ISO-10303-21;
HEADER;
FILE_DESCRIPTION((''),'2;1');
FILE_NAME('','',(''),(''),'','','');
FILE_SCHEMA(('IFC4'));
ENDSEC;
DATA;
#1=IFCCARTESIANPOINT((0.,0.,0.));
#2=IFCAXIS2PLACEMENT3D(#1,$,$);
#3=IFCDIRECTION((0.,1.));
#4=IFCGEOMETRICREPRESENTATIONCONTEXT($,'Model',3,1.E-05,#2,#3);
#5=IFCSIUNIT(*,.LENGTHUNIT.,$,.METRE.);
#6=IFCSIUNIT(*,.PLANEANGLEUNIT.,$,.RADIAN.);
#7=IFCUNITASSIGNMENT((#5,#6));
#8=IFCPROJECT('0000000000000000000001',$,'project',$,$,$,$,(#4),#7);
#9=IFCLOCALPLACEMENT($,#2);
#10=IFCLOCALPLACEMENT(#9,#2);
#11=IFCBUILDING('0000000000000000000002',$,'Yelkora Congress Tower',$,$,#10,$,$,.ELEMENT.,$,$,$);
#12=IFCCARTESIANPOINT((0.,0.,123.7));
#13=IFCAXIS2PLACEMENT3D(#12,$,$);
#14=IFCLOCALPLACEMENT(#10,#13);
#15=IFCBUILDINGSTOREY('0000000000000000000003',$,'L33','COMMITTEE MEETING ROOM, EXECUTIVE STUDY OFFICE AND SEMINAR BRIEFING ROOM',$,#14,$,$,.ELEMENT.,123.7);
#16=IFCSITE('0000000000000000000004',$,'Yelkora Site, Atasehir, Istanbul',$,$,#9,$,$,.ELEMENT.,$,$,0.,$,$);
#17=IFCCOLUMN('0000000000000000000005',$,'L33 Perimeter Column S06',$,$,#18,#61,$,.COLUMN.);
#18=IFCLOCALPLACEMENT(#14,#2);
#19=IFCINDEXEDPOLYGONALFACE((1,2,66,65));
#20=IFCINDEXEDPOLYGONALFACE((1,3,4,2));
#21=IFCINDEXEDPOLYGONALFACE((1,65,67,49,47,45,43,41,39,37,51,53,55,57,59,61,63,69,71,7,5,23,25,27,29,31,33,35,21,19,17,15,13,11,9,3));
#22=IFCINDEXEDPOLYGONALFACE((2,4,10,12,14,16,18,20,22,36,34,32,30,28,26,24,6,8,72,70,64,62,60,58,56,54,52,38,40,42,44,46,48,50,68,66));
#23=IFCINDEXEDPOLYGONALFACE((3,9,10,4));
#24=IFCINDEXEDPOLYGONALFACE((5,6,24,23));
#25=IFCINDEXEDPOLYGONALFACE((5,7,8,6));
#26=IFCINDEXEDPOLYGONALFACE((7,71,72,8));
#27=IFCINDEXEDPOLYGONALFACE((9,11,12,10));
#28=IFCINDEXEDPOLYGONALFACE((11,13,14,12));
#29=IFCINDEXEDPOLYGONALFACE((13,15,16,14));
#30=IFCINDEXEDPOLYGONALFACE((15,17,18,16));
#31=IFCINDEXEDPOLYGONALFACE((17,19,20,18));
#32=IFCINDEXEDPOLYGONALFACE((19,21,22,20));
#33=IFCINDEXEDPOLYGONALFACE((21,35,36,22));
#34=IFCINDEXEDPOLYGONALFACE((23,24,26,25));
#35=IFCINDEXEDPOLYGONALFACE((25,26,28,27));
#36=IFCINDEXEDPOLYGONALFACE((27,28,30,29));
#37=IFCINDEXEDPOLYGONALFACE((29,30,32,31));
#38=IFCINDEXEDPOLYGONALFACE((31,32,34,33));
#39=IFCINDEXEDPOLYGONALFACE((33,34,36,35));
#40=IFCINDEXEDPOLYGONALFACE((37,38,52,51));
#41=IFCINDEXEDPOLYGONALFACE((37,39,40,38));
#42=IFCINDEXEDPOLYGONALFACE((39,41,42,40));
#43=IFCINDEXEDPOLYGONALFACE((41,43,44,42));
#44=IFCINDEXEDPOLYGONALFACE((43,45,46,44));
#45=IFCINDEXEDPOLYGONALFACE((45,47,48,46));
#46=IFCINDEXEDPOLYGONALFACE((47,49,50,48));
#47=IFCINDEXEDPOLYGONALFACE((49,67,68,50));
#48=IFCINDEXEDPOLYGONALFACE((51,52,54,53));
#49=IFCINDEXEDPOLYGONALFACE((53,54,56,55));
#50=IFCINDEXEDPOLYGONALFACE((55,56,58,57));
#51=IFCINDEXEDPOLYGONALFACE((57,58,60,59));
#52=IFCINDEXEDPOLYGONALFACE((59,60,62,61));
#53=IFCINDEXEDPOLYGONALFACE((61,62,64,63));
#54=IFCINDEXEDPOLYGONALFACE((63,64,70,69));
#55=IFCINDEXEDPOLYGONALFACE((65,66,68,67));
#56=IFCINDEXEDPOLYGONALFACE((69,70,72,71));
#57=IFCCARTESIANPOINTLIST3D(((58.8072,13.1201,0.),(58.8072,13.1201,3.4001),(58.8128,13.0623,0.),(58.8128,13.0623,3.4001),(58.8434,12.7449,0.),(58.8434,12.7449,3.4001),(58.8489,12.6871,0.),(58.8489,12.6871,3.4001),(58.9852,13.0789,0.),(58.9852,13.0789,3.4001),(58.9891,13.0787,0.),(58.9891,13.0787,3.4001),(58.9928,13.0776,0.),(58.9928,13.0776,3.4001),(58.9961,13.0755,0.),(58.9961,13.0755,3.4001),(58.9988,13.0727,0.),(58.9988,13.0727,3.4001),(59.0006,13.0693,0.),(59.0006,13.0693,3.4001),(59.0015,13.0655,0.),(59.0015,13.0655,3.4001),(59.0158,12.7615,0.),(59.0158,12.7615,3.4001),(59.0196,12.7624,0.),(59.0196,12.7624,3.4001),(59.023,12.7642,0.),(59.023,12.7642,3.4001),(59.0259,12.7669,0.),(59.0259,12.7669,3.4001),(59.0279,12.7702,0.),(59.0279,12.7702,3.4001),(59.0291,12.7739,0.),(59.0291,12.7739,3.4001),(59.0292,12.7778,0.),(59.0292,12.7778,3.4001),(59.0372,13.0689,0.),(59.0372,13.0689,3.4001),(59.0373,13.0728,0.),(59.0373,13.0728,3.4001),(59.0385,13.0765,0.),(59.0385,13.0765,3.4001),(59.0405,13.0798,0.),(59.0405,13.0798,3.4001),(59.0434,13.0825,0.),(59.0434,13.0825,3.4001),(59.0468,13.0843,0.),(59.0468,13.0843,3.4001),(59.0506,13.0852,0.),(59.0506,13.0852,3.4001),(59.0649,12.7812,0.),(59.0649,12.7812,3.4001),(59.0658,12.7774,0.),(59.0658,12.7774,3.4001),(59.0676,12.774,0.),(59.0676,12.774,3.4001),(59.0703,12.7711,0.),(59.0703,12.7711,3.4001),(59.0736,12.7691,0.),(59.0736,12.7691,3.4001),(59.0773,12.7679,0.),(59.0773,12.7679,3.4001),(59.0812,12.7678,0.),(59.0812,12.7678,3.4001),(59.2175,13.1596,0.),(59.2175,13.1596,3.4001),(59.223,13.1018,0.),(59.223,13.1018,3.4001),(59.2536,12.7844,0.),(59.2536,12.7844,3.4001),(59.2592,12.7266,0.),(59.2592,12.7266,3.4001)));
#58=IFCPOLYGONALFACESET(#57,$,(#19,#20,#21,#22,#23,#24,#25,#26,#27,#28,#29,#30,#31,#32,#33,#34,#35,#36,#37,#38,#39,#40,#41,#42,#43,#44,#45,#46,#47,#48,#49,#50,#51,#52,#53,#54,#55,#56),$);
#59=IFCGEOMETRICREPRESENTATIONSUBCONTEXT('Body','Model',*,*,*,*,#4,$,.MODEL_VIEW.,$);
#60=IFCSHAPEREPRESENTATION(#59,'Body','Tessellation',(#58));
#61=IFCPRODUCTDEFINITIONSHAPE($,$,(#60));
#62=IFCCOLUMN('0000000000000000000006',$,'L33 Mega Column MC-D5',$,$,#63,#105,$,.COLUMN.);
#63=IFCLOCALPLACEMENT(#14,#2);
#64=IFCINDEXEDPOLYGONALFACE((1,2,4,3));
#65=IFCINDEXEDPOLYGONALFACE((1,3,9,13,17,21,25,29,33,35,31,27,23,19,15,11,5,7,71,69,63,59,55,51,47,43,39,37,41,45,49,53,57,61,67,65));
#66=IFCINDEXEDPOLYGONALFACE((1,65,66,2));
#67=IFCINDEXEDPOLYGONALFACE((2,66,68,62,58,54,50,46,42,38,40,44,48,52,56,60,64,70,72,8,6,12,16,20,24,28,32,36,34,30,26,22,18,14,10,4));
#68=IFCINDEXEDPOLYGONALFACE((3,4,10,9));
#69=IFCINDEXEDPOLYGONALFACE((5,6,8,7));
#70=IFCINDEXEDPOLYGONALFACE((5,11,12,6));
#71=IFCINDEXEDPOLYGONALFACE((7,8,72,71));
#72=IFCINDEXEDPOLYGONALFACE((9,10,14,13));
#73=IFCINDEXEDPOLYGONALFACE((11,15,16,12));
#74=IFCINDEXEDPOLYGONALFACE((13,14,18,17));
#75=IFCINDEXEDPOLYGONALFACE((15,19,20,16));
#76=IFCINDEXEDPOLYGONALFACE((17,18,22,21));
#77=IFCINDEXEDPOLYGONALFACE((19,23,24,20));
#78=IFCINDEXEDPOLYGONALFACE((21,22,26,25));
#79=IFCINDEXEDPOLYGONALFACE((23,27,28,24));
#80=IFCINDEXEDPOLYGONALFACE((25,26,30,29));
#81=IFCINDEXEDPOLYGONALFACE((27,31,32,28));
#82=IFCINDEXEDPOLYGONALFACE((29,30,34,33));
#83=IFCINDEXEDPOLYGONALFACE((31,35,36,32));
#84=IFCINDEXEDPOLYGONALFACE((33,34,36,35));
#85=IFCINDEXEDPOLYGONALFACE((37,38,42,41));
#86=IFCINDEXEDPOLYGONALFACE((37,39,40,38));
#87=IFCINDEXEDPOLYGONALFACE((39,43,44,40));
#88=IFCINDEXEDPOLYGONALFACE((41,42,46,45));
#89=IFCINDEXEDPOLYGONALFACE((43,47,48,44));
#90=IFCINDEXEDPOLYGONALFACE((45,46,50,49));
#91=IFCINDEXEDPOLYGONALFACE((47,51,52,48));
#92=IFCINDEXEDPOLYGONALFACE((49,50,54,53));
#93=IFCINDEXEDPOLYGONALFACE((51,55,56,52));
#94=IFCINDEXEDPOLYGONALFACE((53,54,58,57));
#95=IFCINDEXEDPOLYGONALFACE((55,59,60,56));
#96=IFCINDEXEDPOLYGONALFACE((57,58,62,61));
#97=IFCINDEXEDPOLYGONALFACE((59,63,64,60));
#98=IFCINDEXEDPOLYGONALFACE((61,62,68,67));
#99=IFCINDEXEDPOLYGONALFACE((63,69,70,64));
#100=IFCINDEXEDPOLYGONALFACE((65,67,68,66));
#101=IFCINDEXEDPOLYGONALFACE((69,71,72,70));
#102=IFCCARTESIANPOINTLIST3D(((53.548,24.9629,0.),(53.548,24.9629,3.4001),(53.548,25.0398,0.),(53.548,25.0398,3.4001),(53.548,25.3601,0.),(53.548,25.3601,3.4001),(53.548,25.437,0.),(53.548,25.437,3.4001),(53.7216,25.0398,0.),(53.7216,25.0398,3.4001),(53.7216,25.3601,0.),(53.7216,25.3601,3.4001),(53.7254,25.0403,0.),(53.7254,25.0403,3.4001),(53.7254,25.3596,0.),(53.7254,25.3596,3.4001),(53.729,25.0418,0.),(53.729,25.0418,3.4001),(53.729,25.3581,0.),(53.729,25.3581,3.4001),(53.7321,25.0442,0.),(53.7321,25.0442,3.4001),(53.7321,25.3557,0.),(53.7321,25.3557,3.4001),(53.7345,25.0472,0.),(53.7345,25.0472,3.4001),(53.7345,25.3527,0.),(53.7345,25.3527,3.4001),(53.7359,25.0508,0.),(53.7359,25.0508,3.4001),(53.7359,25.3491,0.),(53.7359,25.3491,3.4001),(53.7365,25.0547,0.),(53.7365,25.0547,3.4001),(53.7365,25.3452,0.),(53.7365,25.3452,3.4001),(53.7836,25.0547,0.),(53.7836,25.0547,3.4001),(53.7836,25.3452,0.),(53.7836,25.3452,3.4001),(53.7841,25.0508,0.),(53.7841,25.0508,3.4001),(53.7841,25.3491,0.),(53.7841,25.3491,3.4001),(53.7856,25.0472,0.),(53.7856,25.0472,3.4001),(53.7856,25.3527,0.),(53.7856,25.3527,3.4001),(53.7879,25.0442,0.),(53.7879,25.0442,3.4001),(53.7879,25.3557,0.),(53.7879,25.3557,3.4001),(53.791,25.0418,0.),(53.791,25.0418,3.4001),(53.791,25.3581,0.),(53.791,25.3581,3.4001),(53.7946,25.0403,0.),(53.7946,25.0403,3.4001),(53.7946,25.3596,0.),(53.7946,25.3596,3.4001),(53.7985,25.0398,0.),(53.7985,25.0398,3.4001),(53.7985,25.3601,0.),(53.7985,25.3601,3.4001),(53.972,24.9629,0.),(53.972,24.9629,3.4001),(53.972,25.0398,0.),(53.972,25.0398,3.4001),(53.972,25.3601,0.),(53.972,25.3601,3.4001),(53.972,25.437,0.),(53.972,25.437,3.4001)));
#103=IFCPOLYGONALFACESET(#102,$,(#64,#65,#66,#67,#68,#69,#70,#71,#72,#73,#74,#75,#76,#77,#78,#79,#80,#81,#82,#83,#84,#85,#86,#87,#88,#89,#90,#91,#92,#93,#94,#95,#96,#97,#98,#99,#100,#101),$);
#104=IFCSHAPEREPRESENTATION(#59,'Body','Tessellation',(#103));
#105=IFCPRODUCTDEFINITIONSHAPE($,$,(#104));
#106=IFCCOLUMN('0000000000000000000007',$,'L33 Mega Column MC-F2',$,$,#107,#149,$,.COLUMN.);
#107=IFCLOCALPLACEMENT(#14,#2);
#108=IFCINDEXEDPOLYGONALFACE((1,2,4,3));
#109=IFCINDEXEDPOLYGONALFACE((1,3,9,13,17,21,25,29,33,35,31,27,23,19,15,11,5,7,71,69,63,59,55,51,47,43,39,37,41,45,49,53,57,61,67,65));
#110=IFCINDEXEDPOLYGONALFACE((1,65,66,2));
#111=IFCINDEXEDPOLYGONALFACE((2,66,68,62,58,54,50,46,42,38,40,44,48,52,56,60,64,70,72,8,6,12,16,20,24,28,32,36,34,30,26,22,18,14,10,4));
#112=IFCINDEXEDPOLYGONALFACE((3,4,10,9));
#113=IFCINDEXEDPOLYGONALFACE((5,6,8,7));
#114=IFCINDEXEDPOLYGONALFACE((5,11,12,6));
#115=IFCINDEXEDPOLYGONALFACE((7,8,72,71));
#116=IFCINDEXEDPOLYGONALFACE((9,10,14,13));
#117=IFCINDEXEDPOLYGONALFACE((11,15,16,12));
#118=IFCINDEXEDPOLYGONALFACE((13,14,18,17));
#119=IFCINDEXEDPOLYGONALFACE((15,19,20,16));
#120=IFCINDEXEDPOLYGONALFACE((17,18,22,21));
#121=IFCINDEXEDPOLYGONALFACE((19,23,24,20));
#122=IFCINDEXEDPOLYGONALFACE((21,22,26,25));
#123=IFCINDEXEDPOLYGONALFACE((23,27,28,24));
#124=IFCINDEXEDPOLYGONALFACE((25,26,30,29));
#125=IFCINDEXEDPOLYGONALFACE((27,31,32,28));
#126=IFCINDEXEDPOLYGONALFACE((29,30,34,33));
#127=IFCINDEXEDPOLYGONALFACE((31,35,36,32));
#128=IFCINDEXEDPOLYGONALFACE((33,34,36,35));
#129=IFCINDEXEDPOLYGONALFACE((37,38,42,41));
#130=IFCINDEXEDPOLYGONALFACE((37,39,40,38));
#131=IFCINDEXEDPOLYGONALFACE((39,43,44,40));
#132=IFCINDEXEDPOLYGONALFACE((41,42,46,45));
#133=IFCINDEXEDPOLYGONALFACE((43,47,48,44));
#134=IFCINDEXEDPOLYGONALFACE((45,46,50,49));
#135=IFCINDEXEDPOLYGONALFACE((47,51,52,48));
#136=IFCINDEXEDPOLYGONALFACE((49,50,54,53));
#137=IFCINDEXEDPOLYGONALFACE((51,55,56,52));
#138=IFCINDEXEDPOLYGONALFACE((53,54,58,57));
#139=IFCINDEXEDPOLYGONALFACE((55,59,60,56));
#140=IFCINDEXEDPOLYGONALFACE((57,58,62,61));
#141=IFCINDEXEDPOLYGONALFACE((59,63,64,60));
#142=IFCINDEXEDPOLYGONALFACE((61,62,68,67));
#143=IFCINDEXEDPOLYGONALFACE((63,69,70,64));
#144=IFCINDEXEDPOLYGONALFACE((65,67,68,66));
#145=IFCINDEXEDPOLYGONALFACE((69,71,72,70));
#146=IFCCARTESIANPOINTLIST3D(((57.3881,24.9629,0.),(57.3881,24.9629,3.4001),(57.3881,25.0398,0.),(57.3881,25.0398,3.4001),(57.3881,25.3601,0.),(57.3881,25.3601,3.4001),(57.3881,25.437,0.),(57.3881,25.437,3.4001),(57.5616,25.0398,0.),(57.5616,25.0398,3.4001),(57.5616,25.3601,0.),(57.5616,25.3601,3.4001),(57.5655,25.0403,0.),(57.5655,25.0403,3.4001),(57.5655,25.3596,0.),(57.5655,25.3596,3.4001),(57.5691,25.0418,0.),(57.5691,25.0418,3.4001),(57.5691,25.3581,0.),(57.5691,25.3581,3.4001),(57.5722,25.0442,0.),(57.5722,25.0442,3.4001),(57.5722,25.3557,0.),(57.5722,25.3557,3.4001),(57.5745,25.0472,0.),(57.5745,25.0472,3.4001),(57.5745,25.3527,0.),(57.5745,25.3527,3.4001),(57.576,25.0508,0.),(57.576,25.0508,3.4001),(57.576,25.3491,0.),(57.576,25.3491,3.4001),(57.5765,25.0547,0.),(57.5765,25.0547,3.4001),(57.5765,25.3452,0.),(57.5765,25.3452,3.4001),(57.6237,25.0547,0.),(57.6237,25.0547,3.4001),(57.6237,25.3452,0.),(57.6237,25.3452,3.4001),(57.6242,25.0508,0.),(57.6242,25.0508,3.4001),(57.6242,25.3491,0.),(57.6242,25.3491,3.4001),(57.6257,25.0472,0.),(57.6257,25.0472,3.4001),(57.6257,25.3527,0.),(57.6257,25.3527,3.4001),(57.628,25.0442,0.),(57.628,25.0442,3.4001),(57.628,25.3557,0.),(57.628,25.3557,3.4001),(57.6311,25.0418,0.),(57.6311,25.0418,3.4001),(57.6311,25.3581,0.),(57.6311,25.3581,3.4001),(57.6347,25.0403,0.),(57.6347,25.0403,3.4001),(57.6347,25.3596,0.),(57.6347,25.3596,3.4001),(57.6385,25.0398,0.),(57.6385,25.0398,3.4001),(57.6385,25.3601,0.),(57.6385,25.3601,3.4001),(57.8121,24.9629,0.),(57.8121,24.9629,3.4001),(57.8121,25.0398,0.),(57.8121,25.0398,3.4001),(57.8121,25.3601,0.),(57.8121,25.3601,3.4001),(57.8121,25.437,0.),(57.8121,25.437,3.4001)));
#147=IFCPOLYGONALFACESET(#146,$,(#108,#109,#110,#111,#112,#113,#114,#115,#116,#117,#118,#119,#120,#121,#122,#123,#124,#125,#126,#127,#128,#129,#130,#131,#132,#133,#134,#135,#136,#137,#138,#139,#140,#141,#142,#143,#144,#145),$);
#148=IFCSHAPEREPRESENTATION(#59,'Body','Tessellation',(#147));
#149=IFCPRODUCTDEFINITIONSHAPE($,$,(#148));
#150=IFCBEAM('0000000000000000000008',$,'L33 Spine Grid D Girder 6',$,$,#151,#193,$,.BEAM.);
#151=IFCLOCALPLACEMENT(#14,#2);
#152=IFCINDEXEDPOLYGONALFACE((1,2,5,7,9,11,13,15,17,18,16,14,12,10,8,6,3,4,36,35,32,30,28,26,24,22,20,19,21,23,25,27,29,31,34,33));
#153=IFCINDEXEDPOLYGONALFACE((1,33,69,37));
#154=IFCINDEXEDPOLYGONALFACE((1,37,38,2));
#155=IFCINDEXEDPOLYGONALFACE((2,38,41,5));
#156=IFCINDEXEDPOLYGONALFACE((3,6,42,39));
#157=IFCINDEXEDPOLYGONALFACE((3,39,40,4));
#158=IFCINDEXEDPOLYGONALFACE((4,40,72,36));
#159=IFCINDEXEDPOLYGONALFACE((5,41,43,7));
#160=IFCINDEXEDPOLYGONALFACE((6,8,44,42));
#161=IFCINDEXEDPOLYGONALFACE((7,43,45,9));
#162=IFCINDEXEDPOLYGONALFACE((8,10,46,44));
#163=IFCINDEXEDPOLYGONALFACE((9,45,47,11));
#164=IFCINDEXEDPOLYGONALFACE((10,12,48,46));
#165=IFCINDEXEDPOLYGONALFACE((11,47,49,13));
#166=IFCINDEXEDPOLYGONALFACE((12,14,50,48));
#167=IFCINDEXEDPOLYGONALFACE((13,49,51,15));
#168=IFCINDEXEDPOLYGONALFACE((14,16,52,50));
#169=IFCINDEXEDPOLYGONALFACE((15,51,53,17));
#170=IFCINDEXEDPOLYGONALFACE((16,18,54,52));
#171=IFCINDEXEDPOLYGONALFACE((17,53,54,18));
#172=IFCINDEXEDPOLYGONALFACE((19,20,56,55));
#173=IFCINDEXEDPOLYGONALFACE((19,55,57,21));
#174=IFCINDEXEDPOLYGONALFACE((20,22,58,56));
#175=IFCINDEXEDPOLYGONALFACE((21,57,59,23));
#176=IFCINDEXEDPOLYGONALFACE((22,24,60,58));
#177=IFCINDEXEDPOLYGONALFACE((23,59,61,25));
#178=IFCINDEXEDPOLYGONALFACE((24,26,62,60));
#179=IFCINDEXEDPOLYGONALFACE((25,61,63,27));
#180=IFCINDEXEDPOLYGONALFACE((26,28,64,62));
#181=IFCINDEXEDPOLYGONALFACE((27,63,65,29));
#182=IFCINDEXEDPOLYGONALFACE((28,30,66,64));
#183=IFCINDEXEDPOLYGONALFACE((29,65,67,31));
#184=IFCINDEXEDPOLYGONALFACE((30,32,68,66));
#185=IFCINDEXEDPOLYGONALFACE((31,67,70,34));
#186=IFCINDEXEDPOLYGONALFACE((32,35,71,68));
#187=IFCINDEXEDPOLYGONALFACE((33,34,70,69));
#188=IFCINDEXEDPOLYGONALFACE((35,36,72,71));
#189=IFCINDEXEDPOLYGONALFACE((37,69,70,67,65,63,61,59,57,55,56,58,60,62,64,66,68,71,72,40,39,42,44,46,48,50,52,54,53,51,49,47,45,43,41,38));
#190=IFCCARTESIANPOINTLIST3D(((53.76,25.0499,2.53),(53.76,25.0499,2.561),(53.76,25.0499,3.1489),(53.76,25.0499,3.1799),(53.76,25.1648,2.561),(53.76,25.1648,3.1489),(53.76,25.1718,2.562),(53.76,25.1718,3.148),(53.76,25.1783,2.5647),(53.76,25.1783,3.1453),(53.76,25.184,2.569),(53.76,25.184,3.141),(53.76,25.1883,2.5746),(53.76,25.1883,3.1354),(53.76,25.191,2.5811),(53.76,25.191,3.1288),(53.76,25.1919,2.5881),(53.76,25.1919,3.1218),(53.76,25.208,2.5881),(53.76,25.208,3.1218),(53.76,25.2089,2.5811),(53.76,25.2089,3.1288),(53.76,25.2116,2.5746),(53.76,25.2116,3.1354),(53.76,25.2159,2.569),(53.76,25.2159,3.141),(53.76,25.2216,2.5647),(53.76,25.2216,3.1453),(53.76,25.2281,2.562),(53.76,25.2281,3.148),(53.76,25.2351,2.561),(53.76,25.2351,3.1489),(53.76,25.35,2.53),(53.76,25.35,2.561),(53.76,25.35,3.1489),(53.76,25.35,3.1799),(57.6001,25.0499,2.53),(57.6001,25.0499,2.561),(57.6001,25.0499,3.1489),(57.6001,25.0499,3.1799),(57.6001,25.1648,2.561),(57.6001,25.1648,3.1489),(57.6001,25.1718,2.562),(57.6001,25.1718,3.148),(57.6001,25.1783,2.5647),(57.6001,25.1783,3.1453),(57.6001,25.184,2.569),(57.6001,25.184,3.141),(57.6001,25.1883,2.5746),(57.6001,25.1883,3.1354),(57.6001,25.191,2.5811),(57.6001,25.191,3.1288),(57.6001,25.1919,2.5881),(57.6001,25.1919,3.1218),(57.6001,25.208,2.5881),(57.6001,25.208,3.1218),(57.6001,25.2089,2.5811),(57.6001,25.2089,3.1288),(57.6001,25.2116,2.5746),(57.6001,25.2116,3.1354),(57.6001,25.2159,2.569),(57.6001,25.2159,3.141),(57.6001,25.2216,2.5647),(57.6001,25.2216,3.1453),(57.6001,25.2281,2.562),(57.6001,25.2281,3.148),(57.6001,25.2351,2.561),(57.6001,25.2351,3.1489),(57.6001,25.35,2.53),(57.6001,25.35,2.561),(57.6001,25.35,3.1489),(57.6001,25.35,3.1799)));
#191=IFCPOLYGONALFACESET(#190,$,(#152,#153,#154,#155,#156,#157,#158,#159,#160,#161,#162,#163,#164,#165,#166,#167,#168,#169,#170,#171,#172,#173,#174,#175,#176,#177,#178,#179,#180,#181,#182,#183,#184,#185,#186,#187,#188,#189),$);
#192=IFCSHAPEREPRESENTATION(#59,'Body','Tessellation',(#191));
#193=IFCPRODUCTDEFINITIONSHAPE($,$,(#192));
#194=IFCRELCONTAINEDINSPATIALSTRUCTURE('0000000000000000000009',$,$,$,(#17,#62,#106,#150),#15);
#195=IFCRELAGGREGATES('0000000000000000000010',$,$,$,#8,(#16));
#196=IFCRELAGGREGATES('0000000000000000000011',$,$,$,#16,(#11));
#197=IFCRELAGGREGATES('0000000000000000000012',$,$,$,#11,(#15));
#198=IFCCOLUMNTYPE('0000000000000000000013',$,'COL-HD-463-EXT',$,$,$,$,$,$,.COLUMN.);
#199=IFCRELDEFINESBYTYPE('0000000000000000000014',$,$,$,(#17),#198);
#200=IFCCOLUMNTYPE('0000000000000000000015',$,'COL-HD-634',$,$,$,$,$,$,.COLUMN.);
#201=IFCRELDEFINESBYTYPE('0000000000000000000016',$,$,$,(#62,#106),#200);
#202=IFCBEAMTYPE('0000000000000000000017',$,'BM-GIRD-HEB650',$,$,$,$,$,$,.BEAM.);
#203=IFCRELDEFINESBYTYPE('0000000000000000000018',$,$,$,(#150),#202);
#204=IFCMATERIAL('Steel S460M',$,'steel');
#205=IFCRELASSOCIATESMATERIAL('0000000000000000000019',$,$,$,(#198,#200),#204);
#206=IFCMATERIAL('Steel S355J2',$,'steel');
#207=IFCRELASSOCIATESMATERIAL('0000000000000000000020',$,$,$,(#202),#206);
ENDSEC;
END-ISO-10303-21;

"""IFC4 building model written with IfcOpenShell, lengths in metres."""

from ifc_helpers import new_model, si_unit, direction, frame, origin, origin_2d, place, context, subcontext, project, spatial, i_section, extrude, material, material_profile, profile_set, type_object, element, save


model = new_model("IFC4")

# Units and contexts
model_context = context("Model", 3, precision=1e-05, world=origin(), true_north=direction((0.0, 1.0)))
body_context = subcontext(model_context, "Body", "Model", "MODEL_VIEW")
ifc_project = project(units=[si_unit("LENGTHUNIT", "METRE"), si_unit("PLANEANGLEUNIT", "RADIAN")], contexts=[model_context])

# Site, building, storey
site_placement = place(None, origin())
site = spatial("IfcSite", under=ifc_project, at=site_placement, Name="Yelkora Site, Atasehir, Istanbul", CompositionType="ELEMENT", RefElevation=0.0)
building_placement = place(site_placement, origin())
building = spatial("IfcBuilding", under=site, at=building_placement, Name="Yelkora Congress Tower", CompositionType="ELEMENT")
storey_placement = place(building_placement, frame((0.0, 0.0, 123.7)))
storey = spatial("IfcBuildingStorey", under=building, at=storey_placement, Name="L33", Description="COMMITTEE MEETING ROOM, EXECUTIVE STUDY OFFICE AND SEMINAR BRIEFING ROOM", CompositionType="ELEMENT", Elevation=123.7)

# Columns
ifc_material_1 = material(Name="Steel S460M", Category="steel")
ifc_material_profile_1 = material_profile(ifc_material_1, i_section(OverallWidth=0.4121, OverallDepth=0.4351, WebThickness=0.0359, FlangeThickness=0.0581, FilletRadius=0.0149, at=origin_2d()), Name="HD 400x463")
ifc_profile_set_1 = profile_set([ifc_material_profile_1], Name="Steel S460M")
column_type_1 = type_object("IfcColumnType", Name="COL-HD-463-EXT", PredefinedType="COLUMN", material=ifc_profile_set_1)
column_placement = place(storey_placement, frame((59.0332, 12.9233, 0.0), z_axis=(0.0, 0.0, 1.0), x_axis=(0.995396, 0.095846, 0.0)))
element("IfcColumn", 1, at=column_placement, inside=storey, type_object=column_type_1, Name="L33 Perimeter Column S06", PredefinedType="COLUMN", context=body_context, shape_type="SweptSolid", body=[
    extrude(i_section(OverallWidth=0.4121, OverallDepth=0.4351, WebThickness=0.0359, FlangeThickness=0.0581, FilletRadius=0.0149, at=origin_2d()), origin(), (0.0, 0.0, 1.0), 3.4001),
])
ifc_material_profile_2 = material_profile(ifc_material_1, i_section(OverallWidth=0.4241, OverallDepth=0.4741, WebThickness=0.0471, FlangeThickness=0.0769, FilletRadius=0.0149, at=origin_2d()), Name="HD 400x634")
ifc_profile_set_2 = profile_set([ifc_material_profile_2], Name="Steel S460M")
column_type_2 = type_object("IfcColumnType", Name="COL-HD-634", PredefinedType="COLUMN", material=ifc_profile_set_2)
for number, where, z_axis, x_axis, name in (
    (2, (53.76, 25.2, 0.0), (0.0, 0.0, 1.0), (1.0, 0.0, 0.0), "L33 Mega Column MC-D5"),
    (3, (57.6001, 25.2, 0.0), (0.0, 0.0, 1.0), (1.0, 0.0, 0.0), "L33 Mega Column MC-F2"),
):
    element("IfcColumn", number, at=place(storey_placement, frame(where, z_axis=z_axis, x_axis=x_axis)), inside=storey, type_object=column_type_2, Name=name, PredefinedType="COLUMN", context=body_context, shape_type="SweptSolid", body=[
        extrude(i_section(OverallWidth=0.4241, OverallDepth=0.4741, WebThickness=0.0471, FlangeThickness=0.0769, FilletRadius=0.0149, at=origin_2d()), origin(), (0.0, 0.0, 1.0), 3.4001),
    ])

# Beam
ifc_material_2 = material(Name="Steel S355J2", Category="steel")
ifc_material_profile_3 = material_profile(ifc_material_2, i_section(OverallWidth=0.3, OverallDepth=0.6499, WebThickness=0.0161, FlangeThickness=0.031, FilletRadius=0.0271, at=origin_2d()), Name="HEB 650")
ifc_profile_set_3 = profile_set([ifc_material_profile_3], Name="Steel S355J2")
beam_type_1 = type_object("IfcBeamType", Name="BM-GIRD-HEB650", PredefinedType="BEAM", material=ifc_profile_set_3)
beam_1_placement = place(storey_placement, frame((53.76, 25.2, 2.855), z_axis=(1.0, 0.0, 0.0), x_axis=(0.0, 1.0, 0.0)))
element("IfcBeam", 4, at=beam_1_placement, inside=storey, type_object=beam_type_1, Name="L33 Spine Grid D Girder 6", PredefinedType="BEAM", context=body_context, shape_type="SweptSolid", body=[
    extrude(i_section(OverallWidth=0.3, OverallDepth=0.6499, WebThickness=0.0161, FlangeThickness=0.031, FilletRadius=0.0271, at=origin_2d()), origin(), (0.0, 0.0, 1.0), 3.8401),
])

save(model, "model.ifc")
